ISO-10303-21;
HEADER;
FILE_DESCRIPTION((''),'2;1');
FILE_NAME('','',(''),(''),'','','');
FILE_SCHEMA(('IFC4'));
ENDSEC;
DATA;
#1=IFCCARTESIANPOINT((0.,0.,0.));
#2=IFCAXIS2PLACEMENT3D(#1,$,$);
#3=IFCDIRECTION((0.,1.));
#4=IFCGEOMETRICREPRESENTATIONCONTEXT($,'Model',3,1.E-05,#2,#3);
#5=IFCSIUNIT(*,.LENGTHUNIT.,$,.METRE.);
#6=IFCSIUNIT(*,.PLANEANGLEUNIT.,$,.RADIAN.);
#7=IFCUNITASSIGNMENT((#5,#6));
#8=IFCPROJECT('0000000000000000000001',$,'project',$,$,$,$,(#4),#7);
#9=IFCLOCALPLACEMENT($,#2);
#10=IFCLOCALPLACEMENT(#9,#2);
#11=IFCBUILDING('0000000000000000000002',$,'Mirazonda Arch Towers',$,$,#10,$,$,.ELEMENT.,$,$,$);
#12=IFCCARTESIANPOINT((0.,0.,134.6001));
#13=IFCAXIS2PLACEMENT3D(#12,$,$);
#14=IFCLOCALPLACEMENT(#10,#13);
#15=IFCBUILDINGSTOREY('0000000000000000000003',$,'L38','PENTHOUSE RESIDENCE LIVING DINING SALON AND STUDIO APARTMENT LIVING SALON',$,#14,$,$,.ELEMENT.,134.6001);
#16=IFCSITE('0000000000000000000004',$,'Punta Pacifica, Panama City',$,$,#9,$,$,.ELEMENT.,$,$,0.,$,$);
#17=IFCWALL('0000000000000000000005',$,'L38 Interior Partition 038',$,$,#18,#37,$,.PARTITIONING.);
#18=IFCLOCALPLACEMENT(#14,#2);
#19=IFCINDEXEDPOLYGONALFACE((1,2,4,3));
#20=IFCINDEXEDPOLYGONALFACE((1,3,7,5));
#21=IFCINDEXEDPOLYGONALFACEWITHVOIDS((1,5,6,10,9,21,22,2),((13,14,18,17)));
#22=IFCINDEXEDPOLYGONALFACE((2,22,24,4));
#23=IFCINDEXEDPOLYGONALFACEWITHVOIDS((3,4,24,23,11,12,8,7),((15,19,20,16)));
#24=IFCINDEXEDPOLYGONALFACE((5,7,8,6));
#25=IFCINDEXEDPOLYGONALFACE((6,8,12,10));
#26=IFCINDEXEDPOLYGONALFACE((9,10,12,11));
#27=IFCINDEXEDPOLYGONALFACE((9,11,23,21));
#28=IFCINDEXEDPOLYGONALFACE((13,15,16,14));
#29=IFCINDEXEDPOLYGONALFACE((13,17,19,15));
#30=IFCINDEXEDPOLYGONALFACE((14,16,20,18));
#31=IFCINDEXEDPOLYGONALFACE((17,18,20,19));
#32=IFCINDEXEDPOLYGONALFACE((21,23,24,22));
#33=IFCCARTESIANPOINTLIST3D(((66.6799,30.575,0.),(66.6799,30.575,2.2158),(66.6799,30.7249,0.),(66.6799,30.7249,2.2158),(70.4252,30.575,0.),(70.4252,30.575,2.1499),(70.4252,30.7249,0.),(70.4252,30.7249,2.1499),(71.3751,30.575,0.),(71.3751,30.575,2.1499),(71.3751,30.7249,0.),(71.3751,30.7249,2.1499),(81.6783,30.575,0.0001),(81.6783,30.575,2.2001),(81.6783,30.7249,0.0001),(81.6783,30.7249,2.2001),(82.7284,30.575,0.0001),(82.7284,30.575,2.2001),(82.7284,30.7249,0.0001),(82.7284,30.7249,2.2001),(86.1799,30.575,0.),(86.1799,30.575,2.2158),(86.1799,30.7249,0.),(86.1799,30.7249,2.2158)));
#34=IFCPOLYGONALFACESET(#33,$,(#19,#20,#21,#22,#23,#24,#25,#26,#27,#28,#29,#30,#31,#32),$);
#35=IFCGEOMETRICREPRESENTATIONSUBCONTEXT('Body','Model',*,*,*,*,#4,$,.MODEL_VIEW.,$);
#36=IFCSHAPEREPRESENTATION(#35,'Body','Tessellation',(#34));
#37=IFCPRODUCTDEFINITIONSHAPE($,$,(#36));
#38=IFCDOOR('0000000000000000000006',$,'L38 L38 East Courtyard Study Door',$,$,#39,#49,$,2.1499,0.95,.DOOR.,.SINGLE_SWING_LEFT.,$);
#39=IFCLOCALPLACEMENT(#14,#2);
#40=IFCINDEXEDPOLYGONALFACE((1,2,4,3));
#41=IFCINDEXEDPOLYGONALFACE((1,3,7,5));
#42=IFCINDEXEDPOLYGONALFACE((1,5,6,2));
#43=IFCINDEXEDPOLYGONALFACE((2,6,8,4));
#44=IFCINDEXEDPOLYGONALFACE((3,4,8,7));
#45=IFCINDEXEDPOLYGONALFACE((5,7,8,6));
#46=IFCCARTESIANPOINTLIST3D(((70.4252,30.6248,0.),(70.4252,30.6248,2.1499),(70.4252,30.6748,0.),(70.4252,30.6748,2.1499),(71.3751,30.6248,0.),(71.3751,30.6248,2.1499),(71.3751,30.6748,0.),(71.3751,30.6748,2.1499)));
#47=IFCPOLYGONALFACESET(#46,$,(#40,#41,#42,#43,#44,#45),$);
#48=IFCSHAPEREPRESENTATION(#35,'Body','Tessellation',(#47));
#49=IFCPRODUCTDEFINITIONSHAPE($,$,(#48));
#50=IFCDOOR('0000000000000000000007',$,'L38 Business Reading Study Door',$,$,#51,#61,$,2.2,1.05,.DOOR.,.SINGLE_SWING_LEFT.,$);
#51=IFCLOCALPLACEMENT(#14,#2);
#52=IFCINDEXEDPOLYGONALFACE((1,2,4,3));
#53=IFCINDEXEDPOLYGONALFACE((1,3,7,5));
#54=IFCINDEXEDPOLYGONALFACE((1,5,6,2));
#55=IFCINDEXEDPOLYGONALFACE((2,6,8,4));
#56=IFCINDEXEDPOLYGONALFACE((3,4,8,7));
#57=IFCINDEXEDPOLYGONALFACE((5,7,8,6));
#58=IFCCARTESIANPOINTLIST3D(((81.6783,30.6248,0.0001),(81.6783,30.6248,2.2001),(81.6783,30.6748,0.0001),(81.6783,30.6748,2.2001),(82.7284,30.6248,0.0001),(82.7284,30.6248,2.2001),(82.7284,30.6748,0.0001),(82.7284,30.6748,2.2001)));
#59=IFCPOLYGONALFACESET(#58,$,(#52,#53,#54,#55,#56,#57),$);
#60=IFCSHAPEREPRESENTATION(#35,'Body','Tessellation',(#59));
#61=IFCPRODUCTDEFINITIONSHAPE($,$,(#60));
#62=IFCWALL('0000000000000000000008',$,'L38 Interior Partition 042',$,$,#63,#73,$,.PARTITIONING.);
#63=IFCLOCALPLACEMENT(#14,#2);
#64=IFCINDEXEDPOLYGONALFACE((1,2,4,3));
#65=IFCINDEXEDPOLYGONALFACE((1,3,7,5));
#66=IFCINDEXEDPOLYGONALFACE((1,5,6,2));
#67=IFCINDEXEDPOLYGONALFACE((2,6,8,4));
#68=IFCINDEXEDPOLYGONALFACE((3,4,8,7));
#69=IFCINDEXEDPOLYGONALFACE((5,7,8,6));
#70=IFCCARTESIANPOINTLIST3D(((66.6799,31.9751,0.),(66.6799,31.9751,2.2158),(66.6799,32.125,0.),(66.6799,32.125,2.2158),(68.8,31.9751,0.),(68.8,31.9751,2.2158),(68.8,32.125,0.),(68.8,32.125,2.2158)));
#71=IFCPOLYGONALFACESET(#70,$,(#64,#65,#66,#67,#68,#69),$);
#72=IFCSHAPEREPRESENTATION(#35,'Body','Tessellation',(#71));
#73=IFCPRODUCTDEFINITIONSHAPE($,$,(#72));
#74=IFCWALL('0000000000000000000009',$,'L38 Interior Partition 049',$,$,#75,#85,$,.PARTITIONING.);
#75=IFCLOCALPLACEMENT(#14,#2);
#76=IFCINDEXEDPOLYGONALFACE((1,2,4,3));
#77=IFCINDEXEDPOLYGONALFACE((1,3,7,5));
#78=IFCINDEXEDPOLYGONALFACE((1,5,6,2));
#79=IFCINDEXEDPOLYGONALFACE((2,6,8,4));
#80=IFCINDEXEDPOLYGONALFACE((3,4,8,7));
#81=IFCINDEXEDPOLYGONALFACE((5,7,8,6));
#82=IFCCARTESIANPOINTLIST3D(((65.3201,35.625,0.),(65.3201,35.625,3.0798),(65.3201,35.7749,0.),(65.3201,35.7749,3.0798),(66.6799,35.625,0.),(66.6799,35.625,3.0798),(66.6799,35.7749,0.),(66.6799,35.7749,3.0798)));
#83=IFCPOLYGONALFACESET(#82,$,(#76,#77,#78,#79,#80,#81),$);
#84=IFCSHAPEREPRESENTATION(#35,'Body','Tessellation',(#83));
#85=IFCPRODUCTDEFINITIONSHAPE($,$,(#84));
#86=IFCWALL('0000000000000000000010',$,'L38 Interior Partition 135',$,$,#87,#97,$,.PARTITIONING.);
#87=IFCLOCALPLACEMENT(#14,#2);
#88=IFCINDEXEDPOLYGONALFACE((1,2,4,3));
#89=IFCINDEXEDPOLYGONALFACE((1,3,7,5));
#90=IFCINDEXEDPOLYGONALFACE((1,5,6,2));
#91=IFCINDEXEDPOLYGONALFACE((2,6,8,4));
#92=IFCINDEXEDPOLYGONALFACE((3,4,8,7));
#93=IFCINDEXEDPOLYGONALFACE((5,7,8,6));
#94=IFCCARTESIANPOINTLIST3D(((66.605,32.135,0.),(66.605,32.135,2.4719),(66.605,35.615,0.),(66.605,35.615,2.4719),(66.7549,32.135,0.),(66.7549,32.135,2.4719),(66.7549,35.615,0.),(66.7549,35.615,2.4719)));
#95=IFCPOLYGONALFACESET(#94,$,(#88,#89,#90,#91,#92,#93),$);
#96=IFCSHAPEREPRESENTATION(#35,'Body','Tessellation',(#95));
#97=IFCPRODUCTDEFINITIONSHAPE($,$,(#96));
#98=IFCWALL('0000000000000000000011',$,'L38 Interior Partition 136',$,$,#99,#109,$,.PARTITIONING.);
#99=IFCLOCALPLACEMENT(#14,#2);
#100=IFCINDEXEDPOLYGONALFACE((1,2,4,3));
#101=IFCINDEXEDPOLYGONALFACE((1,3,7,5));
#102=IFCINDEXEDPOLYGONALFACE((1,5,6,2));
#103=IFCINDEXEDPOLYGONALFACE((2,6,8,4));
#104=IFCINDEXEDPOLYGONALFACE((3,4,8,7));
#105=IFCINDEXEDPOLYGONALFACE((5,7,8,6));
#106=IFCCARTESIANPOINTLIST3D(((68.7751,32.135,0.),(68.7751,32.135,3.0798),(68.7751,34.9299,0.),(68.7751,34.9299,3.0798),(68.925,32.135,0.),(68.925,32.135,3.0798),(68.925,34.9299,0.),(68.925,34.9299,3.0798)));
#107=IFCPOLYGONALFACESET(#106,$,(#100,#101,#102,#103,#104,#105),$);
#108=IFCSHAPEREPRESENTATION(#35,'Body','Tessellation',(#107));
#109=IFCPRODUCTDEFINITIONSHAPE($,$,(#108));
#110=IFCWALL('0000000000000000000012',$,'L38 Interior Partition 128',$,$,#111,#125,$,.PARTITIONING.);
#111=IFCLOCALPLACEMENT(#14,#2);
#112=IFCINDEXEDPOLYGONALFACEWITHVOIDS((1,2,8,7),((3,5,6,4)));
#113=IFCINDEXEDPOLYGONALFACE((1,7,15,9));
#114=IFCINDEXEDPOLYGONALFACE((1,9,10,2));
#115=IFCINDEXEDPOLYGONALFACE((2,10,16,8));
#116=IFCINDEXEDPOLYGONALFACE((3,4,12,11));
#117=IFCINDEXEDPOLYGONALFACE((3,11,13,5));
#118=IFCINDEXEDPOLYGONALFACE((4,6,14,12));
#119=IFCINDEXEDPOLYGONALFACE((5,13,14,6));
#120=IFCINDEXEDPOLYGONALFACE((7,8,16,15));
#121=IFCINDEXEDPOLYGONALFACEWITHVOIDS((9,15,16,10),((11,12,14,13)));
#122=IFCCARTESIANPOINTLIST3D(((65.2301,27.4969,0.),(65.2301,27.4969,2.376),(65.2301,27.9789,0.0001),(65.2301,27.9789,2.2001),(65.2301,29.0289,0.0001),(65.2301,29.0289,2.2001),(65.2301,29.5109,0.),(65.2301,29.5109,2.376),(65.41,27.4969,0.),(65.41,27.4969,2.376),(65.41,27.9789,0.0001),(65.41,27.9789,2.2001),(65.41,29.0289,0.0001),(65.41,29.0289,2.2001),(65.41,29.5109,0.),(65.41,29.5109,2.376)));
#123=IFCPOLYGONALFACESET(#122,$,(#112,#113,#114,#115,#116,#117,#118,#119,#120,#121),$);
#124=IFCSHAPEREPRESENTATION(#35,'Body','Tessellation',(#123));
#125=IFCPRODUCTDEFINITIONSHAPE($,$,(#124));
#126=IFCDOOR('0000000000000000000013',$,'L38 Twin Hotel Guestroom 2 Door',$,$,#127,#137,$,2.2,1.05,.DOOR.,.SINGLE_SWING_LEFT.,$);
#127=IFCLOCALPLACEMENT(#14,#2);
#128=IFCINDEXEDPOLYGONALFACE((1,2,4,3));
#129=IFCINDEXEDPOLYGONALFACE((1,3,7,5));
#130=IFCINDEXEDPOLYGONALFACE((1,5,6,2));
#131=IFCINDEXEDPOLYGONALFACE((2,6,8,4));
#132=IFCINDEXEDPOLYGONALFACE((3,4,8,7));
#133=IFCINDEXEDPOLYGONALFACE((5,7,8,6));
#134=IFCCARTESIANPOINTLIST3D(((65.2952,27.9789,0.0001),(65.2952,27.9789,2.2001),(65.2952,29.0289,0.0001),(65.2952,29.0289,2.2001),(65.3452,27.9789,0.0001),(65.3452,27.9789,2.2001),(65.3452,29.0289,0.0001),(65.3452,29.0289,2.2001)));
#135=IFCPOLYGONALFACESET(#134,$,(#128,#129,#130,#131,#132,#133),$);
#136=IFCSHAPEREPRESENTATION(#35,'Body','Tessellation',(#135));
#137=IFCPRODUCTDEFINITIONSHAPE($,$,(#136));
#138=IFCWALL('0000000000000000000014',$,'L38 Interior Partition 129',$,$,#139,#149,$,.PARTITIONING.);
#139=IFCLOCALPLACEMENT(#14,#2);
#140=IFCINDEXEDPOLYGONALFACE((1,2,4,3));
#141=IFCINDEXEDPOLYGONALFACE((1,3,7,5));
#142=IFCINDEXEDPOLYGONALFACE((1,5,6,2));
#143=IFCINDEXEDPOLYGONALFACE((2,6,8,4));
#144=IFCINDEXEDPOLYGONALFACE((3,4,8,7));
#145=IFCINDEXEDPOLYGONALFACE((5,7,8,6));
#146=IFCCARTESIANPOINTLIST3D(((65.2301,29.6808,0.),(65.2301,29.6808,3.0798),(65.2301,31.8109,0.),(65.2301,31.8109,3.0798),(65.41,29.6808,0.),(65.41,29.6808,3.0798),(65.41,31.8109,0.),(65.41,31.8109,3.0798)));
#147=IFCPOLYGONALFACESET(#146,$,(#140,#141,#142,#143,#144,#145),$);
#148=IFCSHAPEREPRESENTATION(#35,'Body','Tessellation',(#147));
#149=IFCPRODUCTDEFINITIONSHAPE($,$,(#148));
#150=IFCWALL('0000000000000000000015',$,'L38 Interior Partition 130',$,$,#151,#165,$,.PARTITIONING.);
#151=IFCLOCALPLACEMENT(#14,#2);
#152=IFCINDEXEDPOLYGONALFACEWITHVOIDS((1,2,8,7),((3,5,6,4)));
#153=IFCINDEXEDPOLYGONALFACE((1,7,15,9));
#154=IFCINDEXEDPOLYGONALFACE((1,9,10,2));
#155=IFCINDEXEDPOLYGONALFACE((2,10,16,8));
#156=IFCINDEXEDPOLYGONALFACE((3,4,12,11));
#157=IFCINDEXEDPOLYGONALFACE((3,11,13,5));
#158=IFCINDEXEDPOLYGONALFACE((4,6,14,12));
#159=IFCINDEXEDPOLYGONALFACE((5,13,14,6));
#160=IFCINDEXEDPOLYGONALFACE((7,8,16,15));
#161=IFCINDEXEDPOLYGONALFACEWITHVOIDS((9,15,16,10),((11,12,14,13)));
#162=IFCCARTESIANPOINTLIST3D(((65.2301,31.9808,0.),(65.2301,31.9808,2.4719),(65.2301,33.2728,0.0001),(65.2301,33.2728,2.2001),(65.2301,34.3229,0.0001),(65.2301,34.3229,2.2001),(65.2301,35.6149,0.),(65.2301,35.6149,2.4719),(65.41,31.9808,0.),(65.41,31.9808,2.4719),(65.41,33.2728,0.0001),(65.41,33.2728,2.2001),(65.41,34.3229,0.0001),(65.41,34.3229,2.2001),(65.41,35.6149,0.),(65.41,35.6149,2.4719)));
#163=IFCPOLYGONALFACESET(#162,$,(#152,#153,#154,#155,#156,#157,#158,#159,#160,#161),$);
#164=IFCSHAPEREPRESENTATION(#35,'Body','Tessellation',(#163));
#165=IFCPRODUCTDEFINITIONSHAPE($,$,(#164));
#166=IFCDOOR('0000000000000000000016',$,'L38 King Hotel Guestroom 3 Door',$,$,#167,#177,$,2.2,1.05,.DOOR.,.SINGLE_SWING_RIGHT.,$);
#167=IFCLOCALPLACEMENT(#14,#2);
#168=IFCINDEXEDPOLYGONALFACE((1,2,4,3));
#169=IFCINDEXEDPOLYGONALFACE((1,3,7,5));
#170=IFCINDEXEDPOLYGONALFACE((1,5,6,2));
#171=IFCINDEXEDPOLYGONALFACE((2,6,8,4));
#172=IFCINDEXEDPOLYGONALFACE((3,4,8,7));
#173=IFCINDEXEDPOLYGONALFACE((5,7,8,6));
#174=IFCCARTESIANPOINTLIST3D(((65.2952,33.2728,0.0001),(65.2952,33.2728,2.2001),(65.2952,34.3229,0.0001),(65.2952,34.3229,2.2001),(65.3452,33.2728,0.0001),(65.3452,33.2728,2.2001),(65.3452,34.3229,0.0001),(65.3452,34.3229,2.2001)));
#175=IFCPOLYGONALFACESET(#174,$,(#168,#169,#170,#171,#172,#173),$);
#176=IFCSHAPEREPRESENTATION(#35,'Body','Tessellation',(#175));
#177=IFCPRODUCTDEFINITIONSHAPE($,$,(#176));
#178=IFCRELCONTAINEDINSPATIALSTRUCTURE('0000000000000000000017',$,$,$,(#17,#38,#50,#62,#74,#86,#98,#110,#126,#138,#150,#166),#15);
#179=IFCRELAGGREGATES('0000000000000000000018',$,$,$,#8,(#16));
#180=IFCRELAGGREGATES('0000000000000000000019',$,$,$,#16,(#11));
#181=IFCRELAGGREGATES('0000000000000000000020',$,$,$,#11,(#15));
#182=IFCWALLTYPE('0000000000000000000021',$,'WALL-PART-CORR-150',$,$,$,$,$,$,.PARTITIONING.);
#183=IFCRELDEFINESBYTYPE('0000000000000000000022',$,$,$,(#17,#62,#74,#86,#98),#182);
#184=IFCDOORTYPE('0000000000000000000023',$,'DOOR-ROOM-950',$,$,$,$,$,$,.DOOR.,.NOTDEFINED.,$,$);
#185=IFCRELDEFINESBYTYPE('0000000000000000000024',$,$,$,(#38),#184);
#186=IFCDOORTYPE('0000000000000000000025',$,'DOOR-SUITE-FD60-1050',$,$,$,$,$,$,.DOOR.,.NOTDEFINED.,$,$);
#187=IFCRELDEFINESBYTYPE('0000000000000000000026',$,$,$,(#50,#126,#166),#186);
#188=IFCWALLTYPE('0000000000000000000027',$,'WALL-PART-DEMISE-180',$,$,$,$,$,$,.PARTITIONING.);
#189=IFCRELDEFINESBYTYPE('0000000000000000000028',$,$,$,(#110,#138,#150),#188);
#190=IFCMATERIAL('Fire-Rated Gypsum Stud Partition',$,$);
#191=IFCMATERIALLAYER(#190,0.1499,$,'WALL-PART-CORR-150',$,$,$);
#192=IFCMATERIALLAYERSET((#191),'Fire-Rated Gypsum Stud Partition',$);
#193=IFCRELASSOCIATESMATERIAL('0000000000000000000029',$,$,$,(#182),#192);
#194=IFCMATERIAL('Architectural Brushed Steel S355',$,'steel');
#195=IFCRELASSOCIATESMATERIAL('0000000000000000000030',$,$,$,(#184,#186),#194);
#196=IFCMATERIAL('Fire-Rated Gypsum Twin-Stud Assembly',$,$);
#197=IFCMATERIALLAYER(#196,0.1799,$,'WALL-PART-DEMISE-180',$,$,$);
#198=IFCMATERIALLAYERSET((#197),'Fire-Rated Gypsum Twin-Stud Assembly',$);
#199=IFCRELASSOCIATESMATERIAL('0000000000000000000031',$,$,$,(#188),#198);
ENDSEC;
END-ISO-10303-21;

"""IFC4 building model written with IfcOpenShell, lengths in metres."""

from ifc_helpers import new_model, si_unit, direction, frame, frame_2d, origin, place, context, subcontext, project, spatial, rectangle, extrude, material, layer, layer_set, type_object, element, fill, save


model = new_model("IFC4")

# Units and contexts
model_context = context("Model", 3, precision=1e-05, world=origin(), true_north=direction((0.0, 1.0)))
body_context = subcontext(model_context, "Body", "Model", "MODEL_VIEW")
ifc_project = project(units=[si_unit("LENGTHUNIT", "METRE"), si_unit("PLANEANGLEUNIT", "RADIAN")], contexts=[model_context])

# Site, building, storey
site_placement = place(None, origin())
site = spatial("IfcSite", under=ifc_project, at=site_placement, Name="Punta Pacifica, Panama City", CompositionType="ELEMENT", RefElevation=0.0)
building_placement = place(site_placement, origin())
building = spatial("IfcBuilding", under=site, at=building_placement, Name="Mirazonda Arch Towers", CompositionType="ELEMENT")
storey_placement = place(building_placement, frame((0.0, 0.0, 134.6001)))
storey = spatial("IfcBuildingStorey", under=building, at=storey_placement, Name="L38", Description="PENTHOUSE RESIDENCE LIVING DINING SALON AND STUDIO APARTMENT LIVING SALON", CompositionType="ELEMENT", Elevation=134.6001)

# Wall, openings, doors
ifc_material_1 = material(Name="Architectural Brushed Steel S355", Category="steel")
ifc_material_2 = material(Name="Fire-Rated Gypsum Stud Partition")
ifc_layer_1 = layer(ifc_material_2, 0.1499, Name="WALL-PART-CORR-150")
ifc_layer_set_1 = layer_set([ifc_layer_1], Name="Fire-Rated Gypsum Stud Partition")
wall_type_1 = type_object("IfcWallType", Name="WALL-PART-CORR-150", PredefinedType="PARTITIONING", material=ifc_layer_set_1)
wall_1_placement = place(storey_placement, frame((66.6799, 30.6499, 0.0), z_axis=(0.0, 0.0, 1.0), x_axis=(1.0, 0.0, 0.0)))
wall_1 = element("IfcWall", 1, at=wall_1_placement, inside=storey, type_object=wall_type_1, Name="L38 Interior Partition 038", PredefinedType="PARTITIONING", context=body_context, shape_type="SweptSolid", body=[
    extrude(rectangle(XDim=19.5, YDim=0.1499, at=frame_2d((9.75, 0.0))), origin(), (0.0, 0.0, 1.0), 2.2158),
])
opening_1_placement = place(wall_1_placement, frame((3.7451, 0.0, 0.0)))
opening_1 = element("IfcOpeningElement", 2, at=opening_1_placement, cuts=wall_1, PredefinedType="OPENING", context=body_context, shape_type="SweptSolid", body=[
    extrude(rectangle(XDim=0.95, YDim=2.1499, at=frame_2d((0.4751, 1.075))), frame((0.0, 0.085, 0.0), z_axis=(0.0, -1.0, 0.0), x_axis=(1.0, 0.0, 0.0)), (0.0, 0.0, 1.0), 0.1699),
])
opening_2_placement = place(wall_1_placement, frame((14.9985, 0.0, 0.0)))
opening_2 = element("IfcOpeningElement", 3, at=opening_2_placement, cuts=wall_1, PredefinedType="OPENING", context=body_context, shape_type="SweptSolid", body=[
    extrude(rectangle(XDim=1.05, YDim=2.2, at=frame_2d((0.5249, 1.1001))), frame((0.0, 0.085, 0.0), z_axis=(0.0, -1.0, 0.0), x_axis=(1.0, 0.0, 0.0)), (0.0, 0.0, 1.0), 0.1699),
])
door_type_1 = type_object("IfcDoorType", Name="DOOR-ROOM-950", OperationType="NOTDEFINED", PredefinedType="DOOR", material=ifc_material_1)
door_1_placement = place(opening_1_placement, origin())
door_1 = element("IfcDoor", 4, at=door_1_placement, inside=storey, type_object=door_type_1, Name="L38 L38 East Courtyard Study Door", OperationType="SINGLE_SWING_LEFT", OverallHeight=2.1499, OverallWidth=0.95, PredefinedType="DOOR", context=body_context, shape_type="SweptSolid", body=[
    extrude(rectangle(XDim=0.95, YDim=2.1499, at=frame_2d((0.4751, 1.075))), frame((0.0, 0.0249, 0.0), z_axis=(0.0, -1.0, 0.0), x_axis=(1.0, 0.0, 0.0)), (0.0, 0.0, 1.0), 0.05),
])
fill(opening_1, door_1)
door_type_2 = type_object("IfcDoorType", Name="DOOR-SUITE-FD60-1050", OperationType="NOTDEFINED", PredefinedType="DOOR", material=ifc_material_1)
door_2_placement = place(opening_2_placement, origin())
door_2 = element("IfcDoor", 5, at=door_2_placement, inside=storey, type_object=door_type_2, Name="L38 Business Reading Study Door", OperationType="SINGLE_SWING_LEFT", OverallHeight=2.2, OverallWidth=1.05, PredefinedType="DOOR", context=body_context, shape_type="SweptSolid", body=[
    extrude(rectangle(XDim=1.05, YDim=2.2, at=frame_2d((0.5249, 1.1001))), frame((0.0, 0.0249, 0.0), z_axis=(0.0, -1.0, 0.0), x_axis=(1.0, 0.0, 0.0)), (0.0, 0.0, 1.0), 0.05),
])
fill(opening_2, door_2)

# Walls
wall_2_placement = place(storey_placement, frame((66.6799, 32.05, 0.0), z_axis=(0.0, 0.0, 1.0), x_axis=(1.0, 0.0, 0.0)))
element("IfcWall", 6, at=wall_2_placement, inside=storey, type_object=wall_type_1, Name="L38 Interior Partition 042", PredefinedType="PARTITIONING", context=body_context, shape_type="SweptSolid", body=[
    extrude(rectangle(XDim=2.1201, YDim=0.1499, at=frame_2d((1.0601, 0.0))), origin(), (0.0, 0.0, 1.0), 2.2158),
])
wall_3_placement = place(storey_placement, frame((65.3201, 35.7, 0.0), z_axis=(0.0, 0.0, 1.0), x_axis=(1.0, 0.0, 0.0)))
element("IfcWall", 7, at=wall_3_placement, inside=storey, type_object=wall_type_1, Name="L38 Interior Partition 049", PredefinedType="PARTITIONING", context=body_context, shape_type="SweptSolid", body=[
    extrude(rectangle(XDim=1.3599, YDim=0.1499, at=frame_2d((0.6799, 0.0))), origin(), (0.0, 0.0, 1.0), 3.0798),
])
wall_4_placement = place(storey_placement, frame((66.6799, 32.135, 0.0), z_axis=(0.0, 0.0, 1.0), x_axis=(0.0, 1.0, 0.0)))
element("IfcWall", 8, at=wall_4_placement, inside=storey, type_object=wall_type_1, Name="L38 Interior Partition 135", PredefinedType="PARTITIONING", context=body_context, shape_type="SweptSolid", body=[
    extrude(rectangle(XDim=3.48, YDim=0.1499, at=frame_2d((1.74, 0.0))), origin(), (0.0, 0.0, 1.0), 2.4719),
])
wall_5_placement = place(storey_placement, frame((68.8501, 32.135, 0.0), z_axis=(0.0, 0.0, 1.0), x_axis=(0.0, 1.0, 0.0)))
element("IfcWall", 9, at=wall_5_placement, inside=storey, type_object=wall_type_1, Name="L38 Interior Partition 136", PredefinedType="PARTITIONING", context=body_context, shape_type="SweptSolid", body=[
    extrude(rectangle(XDim=2.7949, YDim=0.1499, at=frame_2d((1.3975, 0.0))), origin(), (0.0, 0.0, 1.0), 3.0798),
])

# Wall, opening, door
ifc_material_3 = material(Name="Fire-Rated Gypsum Twin-Stud Assembly")
ifc_layer_2 = layer(ifc_material_3, 0.1799, Name="WALL-PART-DEMISE-180")
ifc_layer_set_2 = layer_set([ifc_layer_2], Name="Fire-Rated Gypsum Twin-Stud Assembly")
wall_type_2 = type_object("IfcWallType", Name="WALL-PART-DEMISE-180", PredefinedType="PARTITIONING", material=ifc_layer_set_2)
wall_6_placement = place(storey_placement, frame((65.3201, 27.4971, 0.0), z_axis=(0.0, 0.0, 1.0), x_axis=(0.0, 1.0, 0.0)))
wall_6 = element("IfcWall", 10, at=wall_6_placement, inside=storey, type_object=wall_type_2, Name="L38 Interior Partition 128", PredefinedType="PARTITIONING", context=body_context, shape_type="SweptSolid", body=[
    extrude(rectangle(XDim=2.0139, YDim=0.1799, at=frame_2d((1.0068, 0.0))), origin(), (0.0, 0.0, 1.0), 2.376),
])
opening_3_placement = place(wall_6_placement, frame((0.4819, 0.0, 0.0)))
opening_3 = element("IfcOpeningElement", 11, at=opening_3_placement, cuts=wall_6, PredefinedType="OPENING", context=body_context, shape_type="SweptSolid", body=[
    extrude(rectangle(XDim=1.05, YDim=2.2, at=frame_2d((0.5249, 1.1001))), frame((0.0, 0.0999, 0.0), z_axis=(0.0, -1.0, 0.0), x_axis=(1.0, 0.0, 0.0)), (0.0, 0.0, 1.0), 0.2),
])
door_3_placement = place(opening_3_placement, origin())
door_3 = element("IfcDoor", 12, at=door_3_placement, inside=storey, type_object=door_type_2, Name="L38 Twin Hotel Guestroom 2 Door", OperationType="SINGLE_SWING_LEFT", OverallHeight=2.2, OverallWidth=1.05, PredefinedType="DOOR", context=body_context, shape_type="SweptSolid", body=[
    extrude(rectangle(XDim=1.05, YDim=2.2, at=frame_2d((0.5249, 1.1001))), frame((0.0, 0.0249, 0.0), z_axis=(0.0, -1.0, 0.0), x_axis=(1.0, 0.0, 0.0)), (0.0, 0.0, 1.0), 0.05),
])
fill(opening_3, door_3)

# Wall
wall_7_placement = place(storey_placement, frame((65.3201, 29.6809, 0.0), z_axis=(0.0, 0.0, 1.0), x_axis=(0.0, 1.0, 0.0)))
element("IfcWall", 13, at=wall_7_placement, inside=storey, type_object=wall_type_2, Name="L38 Interior Partition 129", PredefinedType="PARTITIONING", context=body_context, shape_type="SweptSolid", body=[
    extrude(rectangle(XDim=2.1301, YDim=0.1799, at=frame_2d((1.0649, 0.0))), origin(), (0.0, 0.0, 1.0), 3.0798),
])

# Wall, opening, door
wall_8_placement = place(storey_placement, frame((65.3201, 31.981, 0.0), z_axis=(0.0, 0.0, 1.0), x_axis=(0.0, 1.0, 0.0)))
wall_8 = element("IfcWall", 14, at=wall_8_placement, inside=storey, type_object=wall_type_2, Name="L38 Interior Partition 130", PredefinedType="PARTITIONING", context=body_context, shape_type="SweptSolid", body=[
    extrude(rectangle(XDim=3.634, YDim=0.1799, at=frame_2d((1.8169, 0.0))), origin(), (0.0, 0.0, 1.0), 2.4719),
])
opening_4_placement = place(wall_8_placement, frame((1.292, 0.0, 0.0)))
opening_4 = element("IfcOpeningElement", 15, at=opening_4_placement, cuts=wall_8, PredefinedType="OPENING", context=body_context, shape_type="SweptSolid", body=[
    extrude(rectangle(XDim=1.05, YDim=2.2, at=frame_2d((0.5249, 1.1001))), frame((0.0, 0.0999, 0.0), z_axis=(0.0, -1.0, 0.0), x_axis=(1.0, 0.0, 0.0)), (0.0, 0.0, 1.0), 0.2),
])
door_4_placement = place(opening_4_placement, origin())
door_4 = element("IfcDoor", 16, at=door_4_placement, inside=storey, type_object=door_type_2, Name="L38 King Hotel Guestroom 3 Door", OperationType="SINGLE_SWING_RIGHT", OverallHeight=2.2, OverallWidth=1.05, PredefinedType="DOOR", context=body_context, shape_type="SweptSolid", body=[
    extrude(rectangle(XDim=1.05, YDim=2.2, at=frame_2d((0.5249, 1.1001))), frame((0.0, 0.0249, 0.0), z_axis=(0.0, -1.0, 0.0), x_axis=(1.0, 0.0, 0.0)), (0.0, 0.0, 1.0), 0.05),
])
fill(opening_4, door_4)

save(model, "model.ifc")
